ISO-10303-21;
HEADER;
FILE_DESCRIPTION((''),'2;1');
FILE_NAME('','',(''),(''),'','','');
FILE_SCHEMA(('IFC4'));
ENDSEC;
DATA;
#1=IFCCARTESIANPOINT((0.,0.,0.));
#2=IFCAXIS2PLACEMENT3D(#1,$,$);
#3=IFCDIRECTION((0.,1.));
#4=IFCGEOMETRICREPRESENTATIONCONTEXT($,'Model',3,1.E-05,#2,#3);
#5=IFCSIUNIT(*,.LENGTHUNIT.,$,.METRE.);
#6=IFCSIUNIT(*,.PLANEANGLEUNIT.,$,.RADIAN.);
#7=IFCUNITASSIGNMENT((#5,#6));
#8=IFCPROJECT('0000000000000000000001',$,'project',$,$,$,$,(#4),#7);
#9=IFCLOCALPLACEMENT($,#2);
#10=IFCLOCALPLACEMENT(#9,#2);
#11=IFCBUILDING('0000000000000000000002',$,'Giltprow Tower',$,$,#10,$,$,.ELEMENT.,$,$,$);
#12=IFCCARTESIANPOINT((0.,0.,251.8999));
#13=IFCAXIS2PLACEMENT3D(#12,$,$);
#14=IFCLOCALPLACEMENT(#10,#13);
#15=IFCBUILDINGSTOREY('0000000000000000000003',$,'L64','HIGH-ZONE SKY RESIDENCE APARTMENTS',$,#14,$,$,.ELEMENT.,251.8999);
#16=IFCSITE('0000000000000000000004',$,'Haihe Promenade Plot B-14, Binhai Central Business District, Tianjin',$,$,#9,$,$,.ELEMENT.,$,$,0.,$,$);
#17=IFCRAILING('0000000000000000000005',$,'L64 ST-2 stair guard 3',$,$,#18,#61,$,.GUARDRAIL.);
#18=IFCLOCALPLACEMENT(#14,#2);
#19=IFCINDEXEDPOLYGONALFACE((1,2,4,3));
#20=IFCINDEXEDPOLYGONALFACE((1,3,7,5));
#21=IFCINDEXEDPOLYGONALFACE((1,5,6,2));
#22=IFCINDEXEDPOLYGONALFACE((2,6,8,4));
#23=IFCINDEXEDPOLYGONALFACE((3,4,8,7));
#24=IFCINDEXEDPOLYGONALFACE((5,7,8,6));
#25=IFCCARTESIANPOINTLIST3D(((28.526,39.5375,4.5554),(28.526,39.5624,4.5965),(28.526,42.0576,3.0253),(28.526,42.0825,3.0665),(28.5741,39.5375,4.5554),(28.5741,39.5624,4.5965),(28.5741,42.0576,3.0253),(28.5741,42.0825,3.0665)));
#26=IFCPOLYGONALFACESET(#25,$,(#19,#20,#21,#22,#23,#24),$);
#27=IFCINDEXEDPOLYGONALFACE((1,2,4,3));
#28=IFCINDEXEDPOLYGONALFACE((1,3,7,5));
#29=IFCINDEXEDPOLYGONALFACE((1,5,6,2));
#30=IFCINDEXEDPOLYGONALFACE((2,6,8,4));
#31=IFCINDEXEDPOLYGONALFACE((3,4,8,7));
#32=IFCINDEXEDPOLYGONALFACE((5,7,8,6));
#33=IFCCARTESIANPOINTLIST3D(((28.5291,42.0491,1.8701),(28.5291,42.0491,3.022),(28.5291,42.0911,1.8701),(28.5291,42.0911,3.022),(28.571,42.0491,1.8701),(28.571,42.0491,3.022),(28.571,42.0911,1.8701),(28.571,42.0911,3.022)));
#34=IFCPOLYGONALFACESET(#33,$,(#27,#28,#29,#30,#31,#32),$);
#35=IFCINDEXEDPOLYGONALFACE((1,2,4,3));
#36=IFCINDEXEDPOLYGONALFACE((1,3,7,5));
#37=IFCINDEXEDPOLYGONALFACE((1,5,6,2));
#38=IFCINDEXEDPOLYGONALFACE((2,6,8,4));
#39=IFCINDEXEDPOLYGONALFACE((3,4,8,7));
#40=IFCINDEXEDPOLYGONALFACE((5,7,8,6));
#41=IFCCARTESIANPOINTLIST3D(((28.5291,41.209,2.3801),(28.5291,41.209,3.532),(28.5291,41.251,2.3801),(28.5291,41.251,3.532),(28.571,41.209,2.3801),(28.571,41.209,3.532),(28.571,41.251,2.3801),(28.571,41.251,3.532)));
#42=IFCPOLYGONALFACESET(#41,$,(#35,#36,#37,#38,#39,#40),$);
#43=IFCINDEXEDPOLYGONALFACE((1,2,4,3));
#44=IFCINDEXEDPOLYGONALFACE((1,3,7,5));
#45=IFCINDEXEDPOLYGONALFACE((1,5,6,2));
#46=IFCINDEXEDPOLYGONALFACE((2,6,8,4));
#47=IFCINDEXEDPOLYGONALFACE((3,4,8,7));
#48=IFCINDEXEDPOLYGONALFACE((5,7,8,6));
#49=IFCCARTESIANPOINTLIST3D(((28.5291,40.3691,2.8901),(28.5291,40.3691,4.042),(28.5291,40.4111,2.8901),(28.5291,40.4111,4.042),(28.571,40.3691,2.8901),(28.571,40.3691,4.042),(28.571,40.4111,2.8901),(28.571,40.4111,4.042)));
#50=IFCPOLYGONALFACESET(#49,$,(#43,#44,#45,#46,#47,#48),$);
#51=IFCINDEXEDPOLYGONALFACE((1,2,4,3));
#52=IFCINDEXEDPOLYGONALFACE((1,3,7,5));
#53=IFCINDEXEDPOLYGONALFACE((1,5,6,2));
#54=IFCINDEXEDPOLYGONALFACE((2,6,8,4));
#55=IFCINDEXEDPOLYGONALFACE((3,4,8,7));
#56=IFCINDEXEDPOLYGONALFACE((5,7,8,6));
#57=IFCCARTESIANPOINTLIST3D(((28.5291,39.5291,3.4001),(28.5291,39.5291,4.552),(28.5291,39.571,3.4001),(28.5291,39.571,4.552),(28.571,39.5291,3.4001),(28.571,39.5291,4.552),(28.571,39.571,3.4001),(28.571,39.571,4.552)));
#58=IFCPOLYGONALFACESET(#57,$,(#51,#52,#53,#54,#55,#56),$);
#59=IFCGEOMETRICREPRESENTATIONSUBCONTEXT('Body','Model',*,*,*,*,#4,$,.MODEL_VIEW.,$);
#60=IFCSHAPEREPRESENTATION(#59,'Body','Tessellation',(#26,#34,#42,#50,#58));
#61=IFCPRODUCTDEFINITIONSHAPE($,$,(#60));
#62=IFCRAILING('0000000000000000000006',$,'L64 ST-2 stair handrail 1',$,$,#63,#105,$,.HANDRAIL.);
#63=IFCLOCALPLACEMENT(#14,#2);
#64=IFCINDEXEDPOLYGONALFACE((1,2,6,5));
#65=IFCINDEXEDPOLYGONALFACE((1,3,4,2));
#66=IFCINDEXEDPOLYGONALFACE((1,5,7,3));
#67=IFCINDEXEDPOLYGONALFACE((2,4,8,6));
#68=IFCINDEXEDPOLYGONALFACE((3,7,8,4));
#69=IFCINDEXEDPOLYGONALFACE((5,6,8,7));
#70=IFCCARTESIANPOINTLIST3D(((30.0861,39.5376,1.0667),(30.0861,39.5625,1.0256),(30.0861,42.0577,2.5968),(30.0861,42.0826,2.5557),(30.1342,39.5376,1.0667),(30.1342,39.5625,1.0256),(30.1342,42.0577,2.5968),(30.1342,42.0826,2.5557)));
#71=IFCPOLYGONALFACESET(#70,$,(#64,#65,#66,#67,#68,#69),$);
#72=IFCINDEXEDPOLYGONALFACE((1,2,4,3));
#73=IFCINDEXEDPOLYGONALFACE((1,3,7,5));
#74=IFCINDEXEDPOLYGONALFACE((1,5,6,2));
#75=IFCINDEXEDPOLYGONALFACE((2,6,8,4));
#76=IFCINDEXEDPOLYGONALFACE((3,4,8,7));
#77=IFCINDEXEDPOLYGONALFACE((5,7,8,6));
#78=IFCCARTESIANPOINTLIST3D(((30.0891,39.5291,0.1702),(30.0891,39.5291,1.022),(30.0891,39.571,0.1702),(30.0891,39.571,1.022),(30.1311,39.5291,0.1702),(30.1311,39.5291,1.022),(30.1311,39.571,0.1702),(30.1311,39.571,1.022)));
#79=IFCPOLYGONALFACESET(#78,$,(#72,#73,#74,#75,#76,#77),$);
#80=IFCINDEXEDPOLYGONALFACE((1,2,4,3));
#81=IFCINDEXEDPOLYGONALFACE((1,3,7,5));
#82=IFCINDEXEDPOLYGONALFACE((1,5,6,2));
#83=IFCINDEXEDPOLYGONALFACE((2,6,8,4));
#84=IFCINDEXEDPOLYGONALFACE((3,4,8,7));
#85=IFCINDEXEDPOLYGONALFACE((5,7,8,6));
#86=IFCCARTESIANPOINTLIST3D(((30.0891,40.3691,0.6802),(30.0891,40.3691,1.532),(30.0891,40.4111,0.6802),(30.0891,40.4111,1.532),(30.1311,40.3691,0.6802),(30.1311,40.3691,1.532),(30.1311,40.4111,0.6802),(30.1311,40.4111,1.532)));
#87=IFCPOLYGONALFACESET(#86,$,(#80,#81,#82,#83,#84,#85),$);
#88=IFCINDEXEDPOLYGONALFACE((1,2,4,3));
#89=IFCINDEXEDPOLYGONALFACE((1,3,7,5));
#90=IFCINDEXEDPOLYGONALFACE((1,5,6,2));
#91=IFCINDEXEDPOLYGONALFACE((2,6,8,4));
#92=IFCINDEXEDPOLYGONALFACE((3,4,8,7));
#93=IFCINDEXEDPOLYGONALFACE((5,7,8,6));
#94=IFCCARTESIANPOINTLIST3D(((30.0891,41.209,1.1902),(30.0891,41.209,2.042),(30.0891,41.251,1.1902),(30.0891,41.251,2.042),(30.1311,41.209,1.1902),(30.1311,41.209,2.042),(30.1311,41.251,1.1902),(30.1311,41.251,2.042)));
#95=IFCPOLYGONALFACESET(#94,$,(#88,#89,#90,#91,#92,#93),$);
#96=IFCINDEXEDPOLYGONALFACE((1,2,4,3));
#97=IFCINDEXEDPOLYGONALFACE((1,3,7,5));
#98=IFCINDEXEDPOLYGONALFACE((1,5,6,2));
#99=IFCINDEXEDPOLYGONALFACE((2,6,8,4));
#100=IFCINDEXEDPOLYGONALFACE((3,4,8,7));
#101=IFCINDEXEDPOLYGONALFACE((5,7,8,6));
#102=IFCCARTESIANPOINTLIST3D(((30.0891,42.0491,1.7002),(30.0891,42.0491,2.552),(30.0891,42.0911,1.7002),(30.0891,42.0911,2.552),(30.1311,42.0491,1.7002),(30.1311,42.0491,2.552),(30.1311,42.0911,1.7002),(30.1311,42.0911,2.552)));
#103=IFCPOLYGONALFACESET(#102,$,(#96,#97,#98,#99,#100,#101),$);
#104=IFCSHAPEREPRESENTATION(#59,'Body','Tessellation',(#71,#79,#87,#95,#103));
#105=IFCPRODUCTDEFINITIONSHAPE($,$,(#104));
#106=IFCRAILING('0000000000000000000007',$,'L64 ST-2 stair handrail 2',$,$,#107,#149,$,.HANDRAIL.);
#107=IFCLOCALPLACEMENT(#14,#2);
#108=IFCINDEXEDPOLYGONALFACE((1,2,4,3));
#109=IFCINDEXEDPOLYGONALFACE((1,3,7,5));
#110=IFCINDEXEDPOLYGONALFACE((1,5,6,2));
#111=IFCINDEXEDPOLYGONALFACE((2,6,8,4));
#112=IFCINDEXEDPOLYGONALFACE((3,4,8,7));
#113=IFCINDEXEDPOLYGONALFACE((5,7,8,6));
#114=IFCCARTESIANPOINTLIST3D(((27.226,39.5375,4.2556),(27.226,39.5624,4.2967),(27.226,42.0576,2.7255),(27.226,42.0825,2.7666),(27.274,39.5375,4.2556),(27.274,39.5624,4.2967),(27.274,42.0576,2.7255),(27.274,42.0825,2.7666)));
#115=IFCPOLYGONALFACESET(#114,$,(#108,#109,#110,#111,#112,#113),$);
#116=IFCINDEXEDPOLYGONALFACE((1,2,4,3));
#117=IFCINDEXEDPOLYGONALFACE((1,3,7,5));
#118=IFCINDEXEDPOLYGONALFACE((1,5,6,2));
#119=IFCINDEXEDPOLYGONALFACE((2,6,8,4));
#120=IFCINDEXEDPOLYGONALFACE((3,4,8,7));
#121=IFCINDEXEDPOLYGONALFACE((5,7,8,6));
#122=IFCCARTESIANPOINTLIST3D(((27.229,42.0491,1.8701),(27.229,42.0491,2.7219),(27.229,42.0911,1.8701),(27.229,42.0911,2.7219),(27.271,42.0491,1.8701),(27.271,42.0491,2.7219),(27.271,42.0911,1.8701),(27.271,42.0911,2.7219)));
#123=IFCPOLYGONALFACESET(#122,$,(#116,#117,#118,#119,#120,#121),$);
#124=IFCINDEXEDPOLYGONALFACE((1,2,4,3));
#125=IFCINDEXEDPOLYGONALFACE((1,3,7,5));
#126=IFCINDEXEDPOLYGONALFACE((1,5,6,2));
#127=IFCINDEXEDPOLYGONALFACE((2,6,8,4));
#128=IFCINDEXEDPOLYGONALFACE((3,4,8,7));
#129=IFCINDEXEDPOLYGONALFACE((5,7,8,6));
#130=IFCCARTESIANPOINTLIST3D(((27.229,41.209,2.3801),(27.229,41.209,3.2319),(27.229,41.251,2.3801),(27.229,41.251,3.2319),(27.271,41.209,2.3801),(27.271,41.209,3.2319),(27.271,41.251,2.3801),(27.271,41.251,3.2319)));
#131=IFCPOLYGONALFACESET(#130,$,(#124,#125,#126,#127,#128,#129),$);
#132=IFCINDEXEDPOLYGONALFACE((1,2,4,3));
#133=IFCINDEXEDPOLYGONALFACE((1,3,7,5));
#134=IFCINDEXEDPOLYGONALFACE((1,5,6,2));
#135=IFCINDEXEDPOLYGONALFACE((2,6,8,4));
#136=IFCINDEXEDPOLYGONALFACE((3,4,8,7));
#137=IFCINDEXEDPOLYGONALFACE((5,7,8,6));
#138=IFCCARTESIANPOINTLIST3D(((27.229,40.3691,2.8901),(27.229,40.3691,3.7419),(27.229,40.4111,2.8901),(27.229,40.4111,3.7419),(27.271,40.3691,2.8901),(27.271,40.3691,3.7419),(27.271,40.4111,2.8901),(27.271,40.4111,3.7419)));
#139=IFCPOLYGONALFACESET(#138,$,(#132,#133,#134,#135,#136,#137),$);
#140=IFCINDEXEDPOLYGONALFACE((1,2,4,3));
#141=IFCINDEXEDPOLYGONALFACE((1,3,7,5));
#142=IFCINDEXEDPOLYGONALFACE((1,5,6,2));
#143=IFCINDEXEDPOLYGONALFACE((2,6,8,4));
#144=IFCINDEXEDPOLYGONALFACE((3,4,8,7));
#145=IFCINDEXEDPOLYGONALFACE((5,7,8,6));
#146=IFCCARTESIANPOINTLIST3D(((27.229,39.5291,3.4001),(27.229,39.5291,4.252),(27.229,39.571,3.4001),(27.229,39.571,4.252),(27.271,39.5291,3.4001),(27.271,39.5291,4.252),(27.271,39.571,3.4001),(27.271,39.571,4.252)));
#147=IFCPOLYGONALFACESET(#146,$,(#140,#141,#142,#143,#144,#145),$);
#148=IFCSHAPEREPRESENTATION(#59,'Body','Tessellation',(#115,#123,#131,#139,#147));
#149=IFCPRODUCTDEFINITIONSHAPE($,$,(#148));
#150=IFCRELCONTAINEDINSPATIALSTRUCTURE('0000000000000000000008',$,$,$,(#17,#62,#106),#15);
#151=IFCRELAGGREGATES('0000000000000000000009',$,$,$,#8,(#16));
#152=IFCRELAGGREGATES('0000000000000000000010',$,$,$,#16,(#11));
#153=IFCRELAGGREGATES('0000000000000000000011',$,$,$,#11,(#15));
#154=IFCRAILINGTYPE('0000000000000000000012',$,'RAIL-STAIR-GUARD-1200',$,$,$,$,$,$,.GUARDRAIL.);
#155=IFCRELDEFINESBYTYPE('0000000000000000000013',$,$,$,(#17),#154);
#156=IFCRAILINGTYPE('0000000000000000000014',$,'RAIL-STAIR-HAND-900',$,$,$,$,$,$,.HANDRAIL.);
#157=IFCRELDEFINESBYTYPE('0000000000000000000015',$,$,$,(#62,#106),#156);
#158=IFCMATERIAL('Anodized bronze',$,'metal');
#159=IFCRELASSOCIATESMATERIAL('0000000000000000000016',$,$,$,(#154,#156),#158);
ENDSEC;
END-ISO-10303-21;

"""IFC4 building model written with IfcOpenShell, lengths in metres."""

from ifc_helpers import new_model, si_unit, direction, frame, origin, origin_2d, place, context, subcontext, project, spatial, rectangle, extrude, material, type_object, element, save


model = new_model("IFC4")

# Units and contexts
model_context = context("Model", 3, precision=1e-05, world=origin(), true_north=direction((0.0, 1.0)))
body_context = subcontext(model_context, "Body", "Model", "MODEL_VIEW")
ifc_project = project(units=[si_unit("LENGTHUNIT", "METRE"), si_unit("PLANEANGLEUNIT", "RADIAN")], contexts=[model_context])

# Site, building, storey
site_placement = place(None, origin())
site = spatial("IfcSite", under=ifc_project, at=site_placement, Name="Haihe Promenade Plot B-14, Binhai Central Business District, Tianjin", CompositionType="ELEMENT", RefElevation=0.0)
building_placement = place(site_placement, origin())
building = spatial("IfcBuilding", under=site, at=building_placement, Name="Giltprow Tower", CompositionType="ELEMENT")
storey_placement = place(building_placement, frame((0.0, 0.0, 251.8999)))
storey = spatial("IfcBuildingStorey", under=building, at=storey_placement, Name="L64", Description="HIGH-ZONE SKY RESIDENCE APARTMENTS", CompositionType="ELEMENT", Elevation=251.8999)

# Railings
ifc_material_1 = material(Name="Anodized bronze", Category="metal")
railing_type_1 = type_object("IfcRailingType", Name="RAIL-STAIR-GUARD-1200", PredefinedType="GUARDRAIL", material=ifc_material_1)
railing_1_placement = place(storey_placement, frame((28.55, 42.0701, 1.8701)))
element("IfcRailing", 1, at=railing_1_placement, inside=storey, type_object=railing_type_1, Name="L64 ST-2 stair guard 3", PredefinedType="GUARDRAIL", context=body_context, shape_type="SweptSolid", body=[
    extrude(rectangle(XDim=0.0481, YDim=0.0481, at=origin_2d()), frame((0.0, 0.0, 1.1758), z_axis=(0.0, -0.854785, 0.518982), x_axis=(1.0, 0.0, 0.0)), (0.0, 0.0, 1.0), 2.9482),
    extrude(rectangle(XDim=0.042, YDim=0.042, at=origin_2d()), origin(), (0.0, 0.0, 1.0), 1.1519),
    extrude(rectangle(XDim=0.042, YDim=0.042, at=origin_2d()), frame((0.0, -0.8401, 0.51)), (0.0, 0.0, 1.0), 1.1519),
    extrude(rectangle(XDim=0.042, YDim=0.042, at=origin_2d()), frame((0.0, -1.6799, 1.02)), (0.0, 0.0, 1.0), 1.1519),
    extrude(rectangle(XDim=0.042, YDim=0.042, at=origin_2d()), frame((0.0, -2.52, 1.53)), (0.0, 0.0, 1.0), 1.1519),
])
railing_type_2 = type_object("IfcRailingType", Name="RAIL-STAIR-HAND-900", PredefinedType="HANDRAIL", material=ifc_material_1)
railing_2_placement = place(storey_placement, frame((30.1101, 39.55, 0.1702)))
element("IfcRailing", 2, at=railing_2_placement, inside=storey, type_object=railing_type_2, Name="L64 ST-2 stair handrail 1", PredefinedType="HANDRAIL", context=body_context, shape_type="SweptSolid", body=[
    extrude(rectangle(XDim=0.0481, YDim=0.0481, at=origin_2d()), frame((0.0, 0.0, 0.876), z_axis=(0.0, 0.854785, 0.518982), x_axis=(-1.0, 0.0, 0.0)), (0.0, 0.0, 1.0), 2.9482),
    extrude(rectangle(XDim=0.042, YDim=0.042, at=origin_2d()), origin(), (0.0, 0.0, 1.0), 0.8518),
    extrude(rectangle(XDim=0.042, YDim=0.042, at=origin_2d()), frame((0.0, 0.8401, 0.51)), (0.0, 0.0, 1.0), 0.8518),
    extrude(rectangle(XDim=0.042, YDim=0.042, at=origin_2d()), frame((0.0, 1.6799, 1.02)), (0.0, 0.0, 1.0), 0.8518),
    extrude(rectangle(XDim=0.042, YDim=0.042, at=origin_2d()), frame((0.0, 2.52, 1.53)), (0.0, 0.0, 1.0), 0.8518),
])
railing_3_placement = place(storey_placement, frame((27.25, 42.0701, 1.8701)))
element("IfcRailing", 3, at=railing_3_placement, inside=storey, type_object=railing_type_2, Name="L64 ST-2 stair handrail 2", PredefinedType="HANDRAIL", context=body_context, shape_type="SweptSolid", body=[
    extrude(rectangle(XDim=0.0481, YDim=0.0481, at=origin_2d()), frame((0.0, 0.0, 0.876), z_axis=(0.0, -0.854785, 0.518982), x_axis=(1.0, 0.0, 0.0)), (0.0, 0.0, 1.0), 2.9482),
    extrude(rectangle(XDim=0.042, YDim=0.042, at=origin_2d()), origin(), (0.0, 0.0, 1.0), 0.8518),
    extrude(rectangle(XDim=0.042, YDim=0.042, at=origin_2d()), frame((0.0, -0.8401, 0.51)), (0.0, 0.0, 1.0), 0.8518),
    extrude(rectangle(XDim=0.042, YDim=0.042, at=origin_2d()), frame((0.0, -1.6799, 1.02)), (0.0, 0.0, 1.0), 0.8518),
    extrude(rectangle(XDim=0.042, YDim=0.042, at=origin_2d()), frame((0.0, -2.52, 1.53)), (0.0, 0.0, 1.0), 0.8518),
])

save(model, "model.ifc")
